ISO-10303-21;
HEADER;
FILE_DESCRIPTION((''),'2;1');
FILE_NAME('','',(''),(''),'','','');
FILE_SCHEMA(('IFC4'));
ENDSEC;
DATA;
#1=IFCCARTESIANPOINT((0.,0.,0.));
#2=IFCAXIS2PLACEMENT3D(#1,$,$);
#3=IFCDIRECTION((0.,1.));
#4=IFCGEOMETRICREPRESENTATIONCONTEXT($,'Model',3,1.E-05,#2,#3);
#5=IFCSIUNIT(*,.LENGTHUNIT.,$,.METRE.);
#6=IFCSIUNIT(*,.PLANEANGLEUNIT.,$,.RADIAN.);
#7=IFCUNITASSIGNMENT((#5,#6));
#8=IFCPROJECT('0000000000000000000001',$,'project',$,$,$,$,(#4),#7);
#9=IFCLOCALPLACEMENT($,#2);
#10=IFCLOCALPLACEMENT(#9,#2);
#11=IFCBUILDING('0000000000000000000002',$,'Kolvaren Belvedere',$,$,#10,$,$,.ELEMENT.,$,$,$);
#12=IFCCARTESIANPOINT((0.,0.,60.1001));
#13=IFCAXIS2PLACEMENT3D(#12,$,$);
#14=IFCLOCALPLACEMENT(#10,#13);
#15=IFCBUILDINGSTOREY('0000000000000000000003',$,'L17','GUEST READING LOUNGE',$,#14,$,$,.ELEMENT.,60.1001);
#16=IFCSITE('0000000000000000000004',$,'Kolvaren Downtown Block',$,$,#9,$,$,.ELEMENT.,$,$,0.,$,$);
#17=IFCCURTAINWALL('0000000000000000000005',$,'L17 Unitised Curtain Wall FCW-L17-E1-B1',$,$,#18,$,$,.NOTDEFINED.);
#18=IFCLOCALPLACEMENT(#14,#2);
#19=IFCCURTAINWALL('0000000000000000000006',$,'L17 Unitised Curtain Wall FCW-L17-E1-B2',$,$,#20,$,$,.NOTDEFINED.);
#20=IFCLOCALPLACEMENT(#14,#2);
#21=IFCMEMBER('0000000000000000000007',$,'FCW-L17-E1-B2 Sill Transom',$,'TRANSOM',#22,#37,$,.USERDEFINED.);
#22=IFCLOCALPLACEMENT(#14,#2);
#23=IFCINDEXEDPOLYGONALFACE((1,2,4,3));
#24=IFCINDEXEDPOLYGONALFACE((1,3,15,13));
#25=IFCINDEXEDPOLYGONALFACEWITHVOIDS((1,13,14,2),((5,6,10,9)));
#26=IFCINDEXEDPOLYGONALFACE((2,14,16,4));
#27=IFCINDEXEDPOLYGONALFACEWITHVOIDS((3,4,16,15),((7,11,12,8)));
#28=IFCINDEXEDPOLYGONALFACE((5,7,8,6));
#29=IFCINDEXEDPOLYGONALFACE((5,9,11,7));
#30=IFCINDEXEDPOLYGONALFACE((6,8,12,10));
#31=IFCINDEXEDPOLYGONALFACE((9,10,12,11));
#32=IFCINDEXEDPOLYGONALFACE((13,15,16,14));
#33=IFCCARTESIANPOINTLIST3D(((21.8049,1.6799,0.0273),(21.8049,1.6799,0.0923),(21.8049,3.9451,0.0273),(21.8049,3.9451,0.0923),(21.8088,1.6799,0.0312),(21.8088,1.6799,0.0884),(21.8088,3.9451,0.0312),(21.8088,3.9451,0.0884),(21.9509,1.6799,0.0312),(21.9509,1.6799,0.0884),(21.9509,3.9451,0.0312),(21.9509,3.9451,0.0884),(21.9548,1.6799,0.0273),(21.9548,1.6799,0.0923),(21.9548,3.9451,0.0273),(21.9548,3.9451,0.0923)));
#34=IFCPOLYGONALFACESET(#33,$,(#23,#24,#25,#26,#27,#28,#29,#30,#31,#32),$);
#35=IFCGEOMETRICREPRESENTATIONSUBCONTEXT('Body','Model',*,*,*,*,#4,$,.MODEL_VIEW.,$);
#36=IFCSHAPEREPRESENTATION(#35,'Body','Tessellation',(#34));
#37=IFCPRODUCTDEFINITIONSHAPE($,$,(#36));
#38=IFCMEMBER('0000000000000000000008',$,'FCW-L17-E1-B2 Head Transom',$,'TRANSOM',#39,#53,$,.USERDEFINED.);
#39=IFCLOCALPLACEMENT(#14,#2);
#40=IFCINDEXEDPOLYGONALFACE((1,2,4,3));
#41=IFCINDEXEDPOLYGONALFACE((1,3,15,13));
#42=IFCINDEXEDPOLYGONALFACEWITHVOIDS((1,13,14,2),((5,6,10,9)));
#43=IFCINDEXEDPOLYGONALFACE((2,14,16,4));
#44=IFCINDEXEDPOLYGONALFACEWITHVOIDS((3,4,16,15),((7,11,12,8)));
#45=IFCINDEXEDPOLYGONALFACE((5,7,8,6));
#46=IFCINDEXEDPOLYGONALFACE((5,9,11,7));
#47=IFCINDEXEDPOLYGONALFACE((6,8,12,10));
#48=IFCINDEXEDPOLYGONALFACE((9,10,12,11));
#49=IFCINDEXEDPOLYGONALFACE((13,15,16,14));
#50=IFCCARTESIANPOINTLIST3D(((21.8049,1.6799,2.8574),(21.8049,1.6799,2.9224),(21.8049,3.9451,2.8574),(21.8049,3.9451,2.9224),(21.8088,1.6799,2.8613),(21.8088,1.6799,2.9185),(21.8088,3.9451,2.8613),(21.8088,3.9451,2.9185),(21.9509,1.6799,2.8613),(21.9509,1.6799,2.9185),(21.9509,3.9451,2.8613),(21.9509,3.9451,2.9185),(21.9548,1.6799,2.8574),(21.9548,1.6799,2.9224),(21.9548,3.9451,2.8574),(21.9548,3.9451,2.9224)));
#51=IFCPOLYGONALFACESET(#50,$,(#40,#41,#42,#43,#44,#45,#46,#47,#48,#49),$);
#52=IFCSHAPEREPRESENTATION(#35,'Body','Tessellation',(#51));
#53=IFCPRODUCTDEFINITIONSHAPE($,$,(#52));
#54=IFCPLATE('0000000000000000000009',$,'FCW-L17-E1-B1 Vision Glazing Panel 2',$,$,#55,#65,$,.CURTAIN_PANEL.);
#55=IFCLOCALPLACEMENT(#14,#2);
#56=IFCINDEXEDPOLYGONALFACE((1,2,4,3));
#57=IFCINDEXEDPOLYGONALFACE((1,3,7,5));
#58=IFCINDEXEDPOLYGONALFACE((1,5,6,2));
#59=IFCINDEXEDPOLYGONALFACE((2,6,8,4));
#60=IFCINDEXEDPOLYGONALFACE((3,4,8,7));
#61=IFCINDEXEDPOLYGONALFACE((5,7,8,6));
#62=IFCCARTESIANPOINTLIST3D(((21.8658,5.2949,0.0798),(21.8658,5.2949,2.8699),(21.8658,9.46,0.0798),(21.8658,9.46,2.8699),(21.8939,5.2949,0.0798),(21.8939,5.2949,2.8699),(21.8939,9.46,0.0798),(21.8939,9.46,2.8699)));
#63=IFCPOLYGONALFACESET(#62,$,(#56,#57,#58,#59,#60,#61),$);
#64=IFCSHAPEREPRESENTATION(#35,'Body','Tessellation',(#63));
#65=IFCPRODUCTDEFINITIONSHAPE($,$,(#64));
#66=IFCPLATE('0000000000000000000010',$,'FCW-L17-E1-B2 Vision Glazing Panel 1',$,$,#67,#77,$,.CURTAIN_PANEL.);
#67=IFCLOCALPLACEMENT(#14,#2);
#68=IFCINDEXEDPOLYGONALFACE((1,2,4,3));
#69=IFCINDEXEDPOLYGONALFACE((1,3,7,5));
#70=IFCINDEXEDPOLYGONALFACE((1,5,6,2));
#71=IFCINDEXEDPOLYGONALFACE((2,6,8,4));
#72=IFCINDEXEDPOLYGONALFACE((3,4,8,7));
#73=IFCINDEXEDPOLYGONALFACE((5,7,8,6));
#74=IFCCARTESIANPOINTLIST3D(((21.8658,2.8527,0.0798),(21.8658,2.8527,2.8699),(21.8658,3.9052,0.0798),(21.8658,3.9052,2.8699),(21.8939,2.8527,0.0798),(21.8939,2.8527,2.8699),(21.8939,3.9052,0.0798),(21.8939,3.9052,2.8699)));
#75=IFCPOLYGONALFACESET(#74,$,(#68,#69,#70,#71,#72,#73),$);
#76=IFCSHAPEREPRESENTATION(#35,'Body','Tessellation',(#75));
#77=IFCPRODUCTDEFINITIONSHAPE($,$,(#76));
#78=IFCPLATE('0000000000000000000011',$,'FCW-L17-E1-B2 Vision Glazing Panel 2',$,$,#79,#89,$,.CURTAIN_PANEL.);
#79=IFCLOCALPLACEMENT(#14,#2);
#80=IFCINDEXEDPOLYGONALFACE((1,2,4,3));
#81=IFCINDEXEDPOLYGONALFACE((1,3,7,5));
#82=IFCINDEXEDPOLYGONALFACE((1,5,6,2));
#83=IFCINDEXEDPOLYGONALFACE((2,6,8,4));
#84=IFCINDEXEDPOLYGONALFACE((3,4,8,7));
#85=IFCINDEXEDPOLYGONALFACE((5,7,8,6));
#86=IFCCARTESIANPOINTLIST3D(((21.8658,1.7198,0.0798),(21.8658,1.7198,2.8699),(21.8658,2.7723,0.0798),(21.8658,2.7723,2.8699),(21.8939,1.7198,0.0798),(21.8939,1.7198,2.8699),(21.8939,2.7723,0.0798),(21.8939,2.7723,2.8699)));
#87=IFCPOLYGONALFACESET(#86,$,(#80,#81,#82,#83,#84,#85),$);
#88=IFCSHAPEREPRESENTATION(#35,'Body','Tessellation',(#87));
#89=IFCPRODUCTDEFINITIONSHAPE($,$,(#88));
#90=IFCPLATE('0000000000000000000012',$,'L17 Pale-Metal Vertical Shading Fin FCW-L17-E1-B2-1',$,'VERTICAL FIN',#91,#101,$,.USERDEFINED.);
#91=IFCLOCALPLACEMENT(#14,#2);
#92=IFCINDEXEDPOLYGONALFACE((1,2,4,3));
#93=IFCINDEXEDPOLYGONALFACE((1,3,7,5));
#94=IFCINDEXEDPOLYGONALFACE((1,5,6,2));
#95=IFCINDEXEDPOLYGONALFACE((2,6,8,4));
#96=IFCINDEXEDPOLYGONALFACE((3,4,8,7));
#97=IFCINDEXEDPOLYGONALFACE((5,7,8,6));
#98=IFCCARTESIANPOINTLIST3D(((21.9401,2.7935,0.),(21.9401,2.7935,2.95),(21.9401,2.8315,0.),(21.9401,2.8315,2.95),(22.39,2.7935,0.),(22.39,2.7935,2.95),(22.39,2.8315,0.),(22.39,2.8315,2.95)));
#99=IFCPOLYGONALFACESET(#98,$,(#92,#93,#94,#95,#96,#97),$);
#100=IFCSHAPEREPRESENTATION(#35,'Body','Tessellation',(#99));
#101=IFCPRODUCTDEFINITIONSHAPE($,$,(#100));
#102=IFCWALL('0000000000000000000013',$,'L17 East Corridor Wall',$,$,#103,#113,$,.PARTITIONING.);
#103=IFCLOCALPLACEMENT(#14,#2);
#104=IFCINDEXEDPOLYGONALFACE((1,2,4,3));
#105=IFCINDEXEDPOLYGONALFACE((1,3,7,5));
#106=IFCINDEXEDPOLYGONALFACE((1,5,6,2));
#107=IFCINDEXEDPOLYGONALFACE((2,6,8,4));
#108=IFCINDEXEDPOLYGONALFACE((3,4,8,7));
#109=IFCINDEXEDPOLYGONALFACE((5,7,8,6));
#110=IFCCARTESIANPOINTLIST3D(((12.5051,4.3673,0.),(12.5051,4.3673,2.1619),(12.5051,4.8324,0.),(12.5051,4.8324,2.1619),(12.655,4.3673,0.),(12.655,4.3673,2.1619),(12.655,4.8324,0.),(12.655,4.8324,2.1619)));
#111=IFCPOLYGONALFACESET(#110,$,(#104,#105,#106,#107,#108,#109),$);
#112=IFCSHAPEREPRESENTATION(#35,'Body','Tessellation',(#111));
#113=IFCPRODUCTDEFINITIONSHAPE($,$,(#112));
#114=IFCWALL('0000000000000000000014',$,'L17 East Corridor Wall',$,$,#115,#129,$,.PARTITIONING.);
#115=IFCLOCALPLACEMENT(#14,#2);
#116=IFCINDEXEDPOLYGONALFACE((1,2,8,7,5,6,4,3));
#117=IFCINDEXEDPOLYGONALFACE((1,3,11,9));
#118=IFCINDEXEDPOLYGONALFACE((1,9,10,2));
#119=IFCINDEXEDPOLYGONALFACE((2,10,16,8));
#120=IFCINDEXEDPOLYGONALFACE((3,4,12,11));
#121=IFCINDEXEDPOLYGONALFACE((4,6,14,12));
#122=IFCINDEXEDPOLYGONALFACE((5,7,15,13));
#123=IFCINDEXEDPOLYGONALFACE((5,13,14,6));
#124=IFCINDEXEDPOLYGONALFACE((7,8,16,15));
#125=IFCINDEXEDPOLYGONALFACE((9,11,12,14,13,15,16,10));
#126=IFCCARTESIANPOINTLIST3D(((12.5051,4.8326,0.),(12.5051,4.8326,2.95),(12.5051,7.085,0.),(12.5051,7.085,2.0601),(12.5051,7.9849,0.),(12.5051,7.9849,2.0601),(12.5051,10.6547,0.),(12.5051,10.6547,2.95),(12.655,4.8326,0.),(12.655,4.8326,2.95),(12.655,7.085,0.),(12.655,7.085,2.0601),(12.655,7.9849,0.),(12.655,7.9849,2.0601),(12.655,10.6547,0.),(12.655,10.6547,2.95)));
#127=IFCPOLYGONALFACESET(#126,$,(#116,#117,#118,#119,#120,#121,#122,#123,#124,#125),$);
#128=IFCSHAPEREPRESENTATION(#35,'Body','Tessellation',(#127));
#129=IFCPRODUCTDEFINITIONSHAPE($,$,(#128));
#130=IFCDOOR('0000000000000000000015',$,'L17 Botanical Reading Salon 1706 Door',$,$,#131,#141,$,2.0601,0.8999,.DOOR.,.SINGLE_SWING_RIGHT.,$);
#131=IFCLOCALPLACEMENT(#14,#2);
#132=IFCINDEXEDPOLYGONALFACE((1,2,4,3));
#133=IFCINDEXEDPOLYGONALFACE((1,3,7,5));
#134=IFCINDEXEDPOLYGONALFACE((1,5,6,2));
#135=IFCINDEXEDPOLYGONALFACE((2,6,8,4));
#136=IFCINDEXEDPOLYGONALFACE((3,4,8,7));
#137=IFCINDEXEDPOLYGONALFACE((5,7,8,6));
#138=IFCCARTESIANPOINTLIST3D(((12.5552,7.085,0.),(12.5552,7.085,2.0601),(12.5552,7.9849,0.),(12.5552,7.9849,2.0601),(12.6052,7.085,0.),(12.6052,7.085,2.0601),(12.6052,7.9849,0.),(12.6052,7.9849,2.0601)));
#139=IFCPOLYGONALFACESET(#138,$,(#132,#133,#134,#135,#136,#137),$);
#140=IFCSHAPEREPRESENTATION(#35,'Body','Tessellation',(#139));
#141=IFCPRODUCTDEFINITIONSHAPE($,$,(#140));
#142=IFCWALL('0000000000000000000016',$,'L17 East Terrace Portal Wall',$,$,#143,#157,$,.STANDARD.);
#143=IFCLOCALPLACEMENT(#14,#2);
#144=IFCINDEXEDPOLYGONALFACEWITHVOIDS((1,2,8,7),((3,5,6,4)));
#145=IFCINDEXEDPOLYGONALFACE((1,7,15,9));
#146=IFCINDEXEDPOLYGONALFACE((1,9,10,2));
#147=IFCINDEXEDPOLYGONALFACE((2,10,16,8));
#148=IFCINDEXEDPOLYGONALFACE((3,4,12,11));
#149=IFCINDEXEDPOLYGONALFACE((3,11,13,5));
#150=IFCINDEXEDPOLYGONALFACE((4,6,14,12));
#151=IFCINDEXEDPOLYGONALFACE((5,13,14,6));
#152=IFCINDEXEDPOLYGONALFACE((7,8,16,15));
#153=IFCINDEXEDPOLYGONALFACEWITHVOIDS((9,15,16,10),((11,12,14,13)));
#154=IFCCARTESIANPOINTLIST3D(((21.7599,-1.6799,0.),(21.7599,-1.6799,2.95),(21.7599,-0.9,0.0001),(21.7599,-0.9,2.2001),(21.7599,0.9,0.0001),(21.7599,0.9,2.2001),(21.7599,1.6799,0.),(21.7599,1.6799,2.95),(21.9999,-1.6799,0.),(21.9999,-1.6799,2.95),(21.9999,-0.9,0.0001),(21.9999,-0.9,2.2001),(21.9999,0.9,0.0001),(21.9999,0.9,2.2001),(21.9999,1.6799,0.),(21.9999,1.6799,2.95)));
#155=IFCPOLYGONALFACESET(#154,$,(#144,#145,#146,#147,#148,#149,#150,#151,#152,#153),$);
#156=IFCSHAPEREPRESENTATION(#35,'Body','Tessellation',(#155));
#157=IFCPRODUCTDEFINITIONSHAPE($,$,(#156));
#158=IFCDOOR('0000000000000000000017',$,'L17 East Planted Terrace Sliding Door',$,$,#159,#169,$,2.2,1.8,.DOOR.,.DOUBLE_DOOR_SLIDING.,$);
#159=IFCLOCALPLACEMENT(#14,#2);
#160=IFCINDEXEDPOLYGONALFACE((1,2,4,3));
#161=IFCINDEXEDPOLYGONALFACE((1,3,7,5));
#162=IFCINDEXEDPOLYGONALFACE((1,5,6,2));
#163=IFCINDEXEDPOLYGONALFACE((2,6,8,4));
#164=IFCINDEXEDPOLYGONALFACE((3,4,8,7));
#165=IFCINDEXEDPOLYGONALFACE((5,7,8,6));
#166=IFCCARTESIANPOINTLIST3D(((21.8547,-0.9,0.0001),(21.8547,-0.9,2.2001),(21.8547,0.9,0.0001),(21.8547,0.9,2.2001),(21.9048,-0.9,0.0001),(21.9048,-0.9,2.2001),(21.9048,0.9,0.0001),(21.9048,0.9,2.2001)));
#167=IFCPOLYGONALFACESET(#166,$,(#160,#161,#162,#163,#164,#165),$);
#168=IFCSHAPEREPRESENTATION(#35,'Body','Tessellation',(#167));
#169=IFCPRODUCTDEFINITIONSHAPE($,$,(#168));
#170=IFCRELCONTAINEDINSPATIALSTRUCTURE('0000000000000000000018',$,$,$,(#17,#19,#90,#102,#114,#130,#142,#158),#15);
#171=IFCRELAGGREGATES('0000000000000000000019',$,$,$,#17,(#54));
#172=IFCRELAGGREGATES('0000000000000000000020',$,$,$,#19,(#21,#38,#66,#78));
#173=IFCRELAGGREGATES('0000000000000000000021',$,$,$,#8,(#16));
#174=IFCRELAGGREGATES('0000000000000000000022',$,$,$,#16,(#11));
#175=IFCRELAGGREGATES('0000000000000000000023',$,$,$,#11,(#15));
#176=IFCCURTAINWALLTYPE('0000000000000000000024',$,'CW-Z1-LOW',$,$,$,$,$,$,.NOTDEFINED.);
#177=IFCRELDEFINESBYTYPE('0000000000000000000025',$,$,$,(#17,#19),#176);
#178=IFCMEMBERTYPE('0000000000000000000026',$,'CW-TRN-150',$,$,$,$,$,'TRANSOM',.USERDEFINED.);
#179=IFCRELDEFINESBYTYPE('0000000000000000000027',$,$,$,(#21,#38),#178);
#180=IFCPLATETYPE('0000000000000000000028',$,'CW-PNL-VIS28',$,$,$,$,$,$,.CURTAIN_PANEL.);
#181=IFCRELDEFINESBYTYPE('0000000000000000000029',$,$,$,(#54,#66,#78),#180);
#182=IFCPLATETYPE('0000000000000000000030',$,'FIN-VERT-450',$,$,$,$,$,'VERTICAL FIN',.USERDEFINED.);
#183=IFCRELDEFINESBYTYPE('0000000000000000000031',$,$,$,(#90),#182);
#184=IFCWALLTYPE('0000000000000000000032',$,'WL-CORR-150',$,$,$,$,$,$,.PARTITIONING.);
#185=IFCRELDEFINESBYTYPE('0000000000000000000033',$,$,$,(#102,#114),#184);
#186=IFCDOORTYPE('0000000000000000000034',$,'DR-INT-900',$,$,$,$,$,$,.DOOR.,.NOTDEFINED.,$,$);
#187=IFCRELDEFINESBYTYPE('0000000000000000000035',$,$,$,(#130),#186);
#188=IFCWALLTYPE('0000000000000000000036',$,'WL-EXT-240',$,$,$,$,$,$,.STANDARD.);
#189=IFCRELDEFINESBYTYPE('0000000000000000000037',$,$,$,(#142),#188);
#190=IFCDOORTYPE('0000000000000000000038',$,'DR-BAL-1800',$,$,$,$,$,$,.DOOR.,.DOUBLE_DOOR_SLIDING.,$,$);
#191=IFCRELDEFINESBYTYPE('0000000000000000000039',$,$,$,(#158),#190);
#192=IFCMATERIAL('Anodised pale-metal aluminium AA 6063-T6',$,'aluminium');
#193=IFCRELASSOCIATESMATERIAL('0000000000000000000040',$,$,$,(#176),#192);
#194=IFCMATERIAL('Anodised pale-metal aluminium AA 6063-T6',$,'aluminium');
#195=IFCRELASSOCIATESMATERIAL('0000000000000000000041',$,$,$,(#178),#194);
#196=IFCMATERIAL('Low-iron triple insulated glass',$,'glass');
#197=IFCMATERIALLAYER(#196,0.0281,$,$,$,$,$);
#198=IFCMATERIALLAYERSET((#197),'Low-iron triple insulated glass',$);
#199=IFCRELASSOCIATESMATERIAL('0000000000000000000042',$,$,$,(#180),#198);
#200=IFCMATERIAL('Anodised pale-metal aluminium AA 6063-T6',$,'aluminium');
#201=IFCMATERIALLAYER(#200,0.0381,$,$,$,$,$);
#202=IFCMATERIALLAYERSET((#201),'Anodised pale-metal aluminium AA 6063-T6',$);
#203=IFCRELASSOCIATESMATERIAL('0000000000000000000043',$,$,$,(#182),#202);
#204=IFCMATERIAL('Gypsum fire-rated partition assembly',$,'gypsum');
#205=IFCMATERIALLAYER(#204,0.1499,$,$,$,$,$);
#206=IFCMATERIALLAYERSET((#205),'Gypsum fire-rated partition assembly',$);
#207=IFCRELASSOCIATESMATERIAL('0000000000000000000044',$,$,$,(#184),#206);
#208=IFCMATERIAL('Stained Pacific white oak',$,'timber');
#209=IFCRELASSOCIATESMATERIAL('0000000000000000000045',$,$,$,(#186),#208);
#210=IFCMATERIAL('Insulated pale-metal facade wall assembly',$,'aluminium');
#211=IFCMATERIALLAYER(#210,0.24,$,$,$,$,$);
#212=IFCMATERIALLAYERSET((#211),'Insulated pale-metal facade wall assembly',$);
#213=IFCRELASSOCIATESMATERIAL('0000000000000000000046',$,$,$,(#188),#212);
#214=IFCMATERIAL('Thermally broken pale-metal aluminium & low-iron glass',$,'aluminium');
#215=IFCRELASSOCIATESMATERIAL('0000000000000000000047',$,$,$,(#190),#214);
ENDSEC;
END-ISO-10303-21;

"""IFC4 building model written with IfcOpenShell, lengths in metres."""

from ifc_helpers import new_model, si_unit, direction, frame, frame_2d, origin, origin_2d, place, context, subcontext, project, spatial, rectangle, hollow_rectangle, extrude, material, layer, layer_set, material_profile, profile_set, type_object, element, fill, aggregate, save


model = new_model("IFC4")

# Units and contexts
model_context = context("Model", 3, precision=1e-05, world=origin(), true_north=direction((0.0, 1.0)))
body_context = subcontext(model_context, "Body", "Model", "MODEL_VIEW")
ifc_project = project(units=[si_unit("LENGTHUNIT", "METRE"), si_unit("PLANEANGLEUNIT", "RADIAN")], contexts=[model_context])

# Site, building, storey
site_placement = place(None, origin())
site = spatial("IfcSite", under=ifc_project, at=site_placement, Name="Kolvaren Downtown Block", CompositionType="ELEMENT", RefElevation=0.0)
building_placement = place(site_placement, origin())
building = spatial("IfcBuilding", under=site, at=building_placement, Name="Kolvaren Belvedere", CompositionType="ELEMENT")
storey_placement = place(building_placement, frame((0.0, 0.0, 60.1001)))
storey = spatial("IfcBuildingStorey", under=building, at=storey_placement, Name="L17", Description="GUEST READING LOUNGE", CompositionType="ELEMENT", Elevation=60.1001)

# Curtain wall
ifc_material_1 = material(Name="Anodised pale-metal aluminium AA 6063-T6", Category="aluminium")
curtain_wall_type = type_object("IfcCurtainWallType", Name="CW-Z1-LOW", PredefinedType="NOTDEFINED", material=ifc_material_1)
curtain_wall_1_placement = place(storey_placement, origin())
curtain_wall_1 = element("IfcCurtainWall", 1, at=curtain_wall_1_placement, inside=storey, type_object=curtain_wall_type, Name="L17 Unitised Curtain Wall FCW-L17-E1-B1", PredefinedType="NOTDEFINED")

# Curtain wall, members
curtain_wall_2_placement = place(storey_placement, origin())
curtain_wall_2 = element("IfcCurtainWall", 2, at=curtain_wall_2_placement, inside=storey, type_object=curtain_wall_type, Name="L17 Unitised Curtain Wall FCW-L17-E1-B2", PredefinedType="NOTDEFINED")
ifc_material_2 = material(Name="Anodised pale-metal aluminium AA 6063-T6", Category="aluminium")
ifc_material_profile_1 = material_profile(ifc_material_2, hollow_rectangle(XDim=0.0649, YDim=0.1499, WallThickness=0.0039, at=origin_2d()), Name="ALU-TRN-150X65")
ifc_profile_set_1 = profile_set([ifc_material_profile_1], Name="Anodised pale-metal aluminium AA 6063-T6")
member_type_1 = type_object("IfcMemberType", Name="CW-TRN-150", ElementType="TRANSOM", PredefinedType="USERDEFINED", material=ifc_profile_set_1)
member_1_placement = place(storey_placement, frame((21.8799, 3.9451, 0.0598), z_axis=(0.0, -1.0, 0.0), x_axis=(0.0, 0.0, 1.0)))
member_1 = element("IfcMember", 3, at=member_1_placement, type_object=member_type_1, Name="FCW-L17-E1-B2 Sill Transom", ObjectType="TRANSOM", PredefinedType="USERDEFINED", context=body_context, shape_type="SweptSolid", body=[
    extrude(hollow_rectangle(XDim=0.0649, YDim=0.1499, WallThickness=0.0039, at=origin_2d()), origin(), (0.0, 0.0, 1.0), 2.2651),
])
member_2_placement = place(storey_placement, frame((21.8799, 3.9451, 2.8899), z_axis=(0.0, -1.0, 0.0), x_axis=(0.0, 0.0, 1.0)))
member_2 = element("IfcMember", 4, at=member_2_placement, type_object=member_type_1, Name="FCW-L17-E1-B2 Head Transom", ObjectType="TRANSOM", PredefinedType="USERDEFINED", context=body_context, shape_type="SweptSolid", body=[
    extrude(hollow_rectangle(XDim=0.0649, YDim=0.1499, WallThickness=0.0039, at=origin_2d()), origin(), (0.0, 0.0, 1.0), 2.2651),
])

# Plates
ifc_material_3 = material(Name="Low-iron triple insulated glass", Category="glass")
ifc_layer_1 = layer(ifc_material_3, 0.0281)
ifc_layer_set_1 = layer_set([ifc_layer_1], Name="Low-iron triple insulated glass")
plate_type_1 = type_object("IfcPlateType", Name="CW-PNL-VIS28", PredefinedType="CURTAIN_PANEL", material=ifc_layer_set_1)
plate_1_placement = place(storey_placement, frame((21.8799, 7.3774, 0.0798), z_axis=(0.0, 0.0, 1.0), x_axis=(0.0, -1.0, 0.0)))
plate_1 = element("IfcPlate", 5, at=plate_1_placement, type_object=plate_type_1, Name="FCW-L17-E1-B1 Vision Glazing Panel 2", PredefinedType="CURTAIN_PANEL", context=body_context, shape_type="SweptSolid", body=[
    extrude(rectangle(XDim=4.165, YDim=0.0281, at=origin_2d()), origin(), (0.0, 0.0, 1.0), 2.79),
])
aggregate(curtain_wall_1, [plate_1])
plate_2_placement = place(storey_placement, frame((21.8799, 3.3789, 0.0798), z_axis=(0.0, 0.0, 1.0), x_axis=(0.0, -1.0, 0.0)))
plate_2 = element("IfcPlate", 6, at=plate_2_placement, type_object=plate_type_1, Name="FCW-L17-E1-B2 Vision Glazing Panel 1", PredefinedType="CURTAIN_PANEL", context=body_context, shape_type="SweptSolid", body=[
    extrude(rectangle(XDim=1.0525, YDim=0.0281, at=origin_2d()), origin(), (0.0, 0.0, 1.0), 2.79),
])
plate_3_placement = place(storey_placement, frame((21.8799, 2.2461, 0.0798), z_axis=(0.0, 0.0, 1.0), x_axis=(0.0, -1.0, 0.0)))
plate_3 = element("IfcPlate", 7, at=plate_3_placement, type_object=plate_type_1, Name="FCW-L17-E1-B2 Vision Glazing Panel 2", PredefinedType="CURTAIN_PANEL", context=body_context, shape_type="SweptSolid", body=[
    extrude(rectangle(XDim=1.0525, YDim=0.0281, at=origin_2d()), origin(), (0.0, 0.0, 1.0), 2.79),
])
aggregate(curtain_wall_2, [member_1, member_2, plate_2, plate_3])
ifc_material_4 = material(Name="Anodised pale-metal aluminium AA 6063-T6", Category="aluminium")
ifc_layer_2 = layer(ifc_material_4, 0.0381)
ifc_layer_set_2 = layer_set([ifc_layer_2], Name="Anodised pale-metal aluminium AA 6063-T6")
plate_type_2 = type_object("IfcPlateType", Name="FIN-VERT-450", ElementType="VERTICAL FIN", PredefinedType="USERDEFINED", material=ifc_layer_set_2)
plate_4_placement = place(storey_placement, frame((22.165, 2.8125, 0.0), z_axis=(0.0, 0.0, 1.0), x_axis=(1.0, 0.0, 0.0)))
element("IfcPlate", 8, at=plate_4_placement, inside=storey, type_object=plate_type_2, Name="L17 Pale-Metal Vertical Shading Fin FCW-L17-E1-B2-1", ObjectType="VERTICAL FIN", PredefinedType="USERDEFINED", context=body_context, shape_type="SweptSolid", body=[
    extrude(rectangle(XDim=0.45, YDim=0.0381, at=origin_2d()), origin(), (0.0, 0.0, 1.0), 2.95),
])

# Wall
ifc_material_5 = material(Name="Gypsum fire-rated partition assembly", Category="gypsum")
ifc_layer_3 = layer(ifc_material_5, 0.1499)
ifc_layer_set_3 = layer_set([ifc_layer_3], Name="Gypsum fire-rated partition assembly")
wall_type_1 = type_object("IfcWallType", Name="WL-CORR-150", PredefinedType="PARTITIONING", material=ifc_layer_set_3)
wall_1_placement = place(storey_placement, frame((12.5801, 4.3674, 0.0), z_axis=(0.0, 0.0, 1.0), x_axis=(0.0, 1.0, 0.0)))
element("IfcWall", 9, at=wall_1_placement, inside=storey, type_object=wall_type_1, Name="L17 East Corridor Wall", PredefinedType="PARTITIONING", context=body_context, shape_type="SweptSolid", body=[
    extrude(rectangle(XDim=0.4651, YDim=0.1499, at=frame_2d((0.2324, 0.0))), origin(), (0.0, 0.0, 1.0), 2.1619),
])

# Walls, openings, doors
wall_2_placement = place(storey_placement, frame((12.5801, 4.8325, 0.0), z_axis=(0.0, 0.0, 1.0), x_axis=(0.0, 1.0, 0.0)))
wall_2 = element("IfcWall", 10, at=wall_2_placement, inside=storey, type_object=wall_type_1, Name="L17 East Corridor Wall", PredefinedType="PARTITIONING", context=body_context, shape_type="SweptSolid", body=[
    extrude(rectangle(XDim=5.822, YDim=0.1499, at=frame_2d((2.9111, 0.0))), origin(), (0.0, 0.0, 1.0), 2.95),
])
opening_1_placement = place(wall_2_placement, frame((2.2524, 0.0, 0.0)))
opening_1 = element("IfcOpeningElement", 11, at=opening_1_placement, cuts=wall_2, PredefinedType="OPENING", context=body_context, shape_type="SweptSolid", body=[
    extrude(rectangle(XDim=0.8999, YDim=2.0601, at=frame_2d((0.45, 1.03))), frame((0.0, 0.085, 0.0), z_axis=(0.0, -1.0, 0.0), x_axis=(1.0, 0.0, 0.0)), (0.0, 0.0, 1.0), 0.1699),
])
ifc_material_6 = material(Name="Stained Pacific white oak", Category="timber")
door_type_1 = type_object("IfcDoorType", Name="DR-INT-900", OperationType="NOTDEFINED", PredefinedType="DOOR", material=ifc_material_6)
door_1_placement = place(opening_1_placement, origin())
door_1 = element("IfcDoor", 12, at=door_1_placement, inside=storey, type_object=door_type_1, Name="L17 Botanical Reading Salon 1706 Door", OperationType="SINGLE_SWING_RIGHT", OverallHeight=2.0601, OverallWidth=0.8999, PredefinedType="DOOR", context=body_context, shape_type="SweptSolid", body=[
    extrude(rectangle(XDim=0.8999, YDim=2.0601, at=frame_2d((0.45, 1.03))), frame((0.0, 0.0249, 0.0), z_axis=(0.0, -1.0, 0.0), x_axis=(1.0, 0.0, 0.0)), (0.0, 0.0, 1.0), 0.05),
])
fill(opening_1, door_1)
ifc_material_7 = material(Name="Insulated pale-metal facade wall assembly", Category="aluminium")
ifc_layer_4 = layer(ifc_material_7, 0.24)
ifc_layer_set_4 = layer_set([ifc_layer_4], Name="Insulated pale-metal facade wall assembly")
wall_type_2 = type_object("IfcWallType", Name="WL-EXT-240", PredefinedType="STANDARD", material=ifc_layer_set_4)
wall_3_placement = place(storey_placement, frame((21.8799, 1.6799, 0.0), z_axis=(0.0, 0.0, 1.0), x_axis=(0.0, -1.0, 0.0)))
wall_3 = element("IfcWall", 13, at=wall_3_placement, inside=storey, type_object=wall_type_2, Name="L17 East Terrace Portal Wall", PredefinedType="STANDARD", context=body_context, shape_type="SweptSolid", body=[
    extrude(rectangle(XDim=3.3599, YDim=0.24, at=frame_2d((1.6799, 0.0))), origin(), (0.0, 0.0, 1.0), 2.95),
])
opening_2_placement = place(wall_3_placement, frame((0.78, 0.0, 0.0)))
opening_2 = element("IfcOpeningElement", 14, at=opening_2_placement, cuts=wall_3, PredefinedType="OPENING", context=body_context, shape_type="SweptSolid", body=[
    extrude(rectangle(XDim=1.8, YDim=2.2, at=frame_2d((0.8999, 1.1001))), frame((0.0, 0.1299, 0.0), z_axis=(0.0, -1.0, 0.0), x_axis=(1.0, 0.0, 0.0)), (0.0, 0.0, 1.0), 0.26),
])
ifc_material_8 = material(Name="Thermally broken pale-metal aluminium & low-iron glass", Category="aluminium")
door_type_2 = type_object("IfcDoorType", Name="DR-BAL-1800", OperationType="DOUBLE_DOOR_SLIDING", PredefinedType="DOOR", material=ifc_material_8)
door_2_placement = place(opening_2_placement, origin())
door_2 = element("IfcDoor", 15, at=door_2_placement, inside=storey, type_object=door_type_2, Name="L17 East Planted Terrace Sliding Door", OperationType="DOUBLE_DOOR_SLIDING", OverallHeight=2.2, OverallWidth=1.8, PredefinedType="DOOR", context=body_context, shape_type="SweptSolid", body=[
    extrude(rectangle(XDim=1.8, YDim=2.2, at=frame_2d((0.8999, 1.1001))), frame((0.0, 0.0249, 0.0), z_axis=(0.0, -1.0, 0.0), x_axis=(1.0, 0.0, 0.0)), (0.0, 0.0, 1.0), 0.05),
])
fill(opening_2, door_2)

save(model, "model.ifc")
